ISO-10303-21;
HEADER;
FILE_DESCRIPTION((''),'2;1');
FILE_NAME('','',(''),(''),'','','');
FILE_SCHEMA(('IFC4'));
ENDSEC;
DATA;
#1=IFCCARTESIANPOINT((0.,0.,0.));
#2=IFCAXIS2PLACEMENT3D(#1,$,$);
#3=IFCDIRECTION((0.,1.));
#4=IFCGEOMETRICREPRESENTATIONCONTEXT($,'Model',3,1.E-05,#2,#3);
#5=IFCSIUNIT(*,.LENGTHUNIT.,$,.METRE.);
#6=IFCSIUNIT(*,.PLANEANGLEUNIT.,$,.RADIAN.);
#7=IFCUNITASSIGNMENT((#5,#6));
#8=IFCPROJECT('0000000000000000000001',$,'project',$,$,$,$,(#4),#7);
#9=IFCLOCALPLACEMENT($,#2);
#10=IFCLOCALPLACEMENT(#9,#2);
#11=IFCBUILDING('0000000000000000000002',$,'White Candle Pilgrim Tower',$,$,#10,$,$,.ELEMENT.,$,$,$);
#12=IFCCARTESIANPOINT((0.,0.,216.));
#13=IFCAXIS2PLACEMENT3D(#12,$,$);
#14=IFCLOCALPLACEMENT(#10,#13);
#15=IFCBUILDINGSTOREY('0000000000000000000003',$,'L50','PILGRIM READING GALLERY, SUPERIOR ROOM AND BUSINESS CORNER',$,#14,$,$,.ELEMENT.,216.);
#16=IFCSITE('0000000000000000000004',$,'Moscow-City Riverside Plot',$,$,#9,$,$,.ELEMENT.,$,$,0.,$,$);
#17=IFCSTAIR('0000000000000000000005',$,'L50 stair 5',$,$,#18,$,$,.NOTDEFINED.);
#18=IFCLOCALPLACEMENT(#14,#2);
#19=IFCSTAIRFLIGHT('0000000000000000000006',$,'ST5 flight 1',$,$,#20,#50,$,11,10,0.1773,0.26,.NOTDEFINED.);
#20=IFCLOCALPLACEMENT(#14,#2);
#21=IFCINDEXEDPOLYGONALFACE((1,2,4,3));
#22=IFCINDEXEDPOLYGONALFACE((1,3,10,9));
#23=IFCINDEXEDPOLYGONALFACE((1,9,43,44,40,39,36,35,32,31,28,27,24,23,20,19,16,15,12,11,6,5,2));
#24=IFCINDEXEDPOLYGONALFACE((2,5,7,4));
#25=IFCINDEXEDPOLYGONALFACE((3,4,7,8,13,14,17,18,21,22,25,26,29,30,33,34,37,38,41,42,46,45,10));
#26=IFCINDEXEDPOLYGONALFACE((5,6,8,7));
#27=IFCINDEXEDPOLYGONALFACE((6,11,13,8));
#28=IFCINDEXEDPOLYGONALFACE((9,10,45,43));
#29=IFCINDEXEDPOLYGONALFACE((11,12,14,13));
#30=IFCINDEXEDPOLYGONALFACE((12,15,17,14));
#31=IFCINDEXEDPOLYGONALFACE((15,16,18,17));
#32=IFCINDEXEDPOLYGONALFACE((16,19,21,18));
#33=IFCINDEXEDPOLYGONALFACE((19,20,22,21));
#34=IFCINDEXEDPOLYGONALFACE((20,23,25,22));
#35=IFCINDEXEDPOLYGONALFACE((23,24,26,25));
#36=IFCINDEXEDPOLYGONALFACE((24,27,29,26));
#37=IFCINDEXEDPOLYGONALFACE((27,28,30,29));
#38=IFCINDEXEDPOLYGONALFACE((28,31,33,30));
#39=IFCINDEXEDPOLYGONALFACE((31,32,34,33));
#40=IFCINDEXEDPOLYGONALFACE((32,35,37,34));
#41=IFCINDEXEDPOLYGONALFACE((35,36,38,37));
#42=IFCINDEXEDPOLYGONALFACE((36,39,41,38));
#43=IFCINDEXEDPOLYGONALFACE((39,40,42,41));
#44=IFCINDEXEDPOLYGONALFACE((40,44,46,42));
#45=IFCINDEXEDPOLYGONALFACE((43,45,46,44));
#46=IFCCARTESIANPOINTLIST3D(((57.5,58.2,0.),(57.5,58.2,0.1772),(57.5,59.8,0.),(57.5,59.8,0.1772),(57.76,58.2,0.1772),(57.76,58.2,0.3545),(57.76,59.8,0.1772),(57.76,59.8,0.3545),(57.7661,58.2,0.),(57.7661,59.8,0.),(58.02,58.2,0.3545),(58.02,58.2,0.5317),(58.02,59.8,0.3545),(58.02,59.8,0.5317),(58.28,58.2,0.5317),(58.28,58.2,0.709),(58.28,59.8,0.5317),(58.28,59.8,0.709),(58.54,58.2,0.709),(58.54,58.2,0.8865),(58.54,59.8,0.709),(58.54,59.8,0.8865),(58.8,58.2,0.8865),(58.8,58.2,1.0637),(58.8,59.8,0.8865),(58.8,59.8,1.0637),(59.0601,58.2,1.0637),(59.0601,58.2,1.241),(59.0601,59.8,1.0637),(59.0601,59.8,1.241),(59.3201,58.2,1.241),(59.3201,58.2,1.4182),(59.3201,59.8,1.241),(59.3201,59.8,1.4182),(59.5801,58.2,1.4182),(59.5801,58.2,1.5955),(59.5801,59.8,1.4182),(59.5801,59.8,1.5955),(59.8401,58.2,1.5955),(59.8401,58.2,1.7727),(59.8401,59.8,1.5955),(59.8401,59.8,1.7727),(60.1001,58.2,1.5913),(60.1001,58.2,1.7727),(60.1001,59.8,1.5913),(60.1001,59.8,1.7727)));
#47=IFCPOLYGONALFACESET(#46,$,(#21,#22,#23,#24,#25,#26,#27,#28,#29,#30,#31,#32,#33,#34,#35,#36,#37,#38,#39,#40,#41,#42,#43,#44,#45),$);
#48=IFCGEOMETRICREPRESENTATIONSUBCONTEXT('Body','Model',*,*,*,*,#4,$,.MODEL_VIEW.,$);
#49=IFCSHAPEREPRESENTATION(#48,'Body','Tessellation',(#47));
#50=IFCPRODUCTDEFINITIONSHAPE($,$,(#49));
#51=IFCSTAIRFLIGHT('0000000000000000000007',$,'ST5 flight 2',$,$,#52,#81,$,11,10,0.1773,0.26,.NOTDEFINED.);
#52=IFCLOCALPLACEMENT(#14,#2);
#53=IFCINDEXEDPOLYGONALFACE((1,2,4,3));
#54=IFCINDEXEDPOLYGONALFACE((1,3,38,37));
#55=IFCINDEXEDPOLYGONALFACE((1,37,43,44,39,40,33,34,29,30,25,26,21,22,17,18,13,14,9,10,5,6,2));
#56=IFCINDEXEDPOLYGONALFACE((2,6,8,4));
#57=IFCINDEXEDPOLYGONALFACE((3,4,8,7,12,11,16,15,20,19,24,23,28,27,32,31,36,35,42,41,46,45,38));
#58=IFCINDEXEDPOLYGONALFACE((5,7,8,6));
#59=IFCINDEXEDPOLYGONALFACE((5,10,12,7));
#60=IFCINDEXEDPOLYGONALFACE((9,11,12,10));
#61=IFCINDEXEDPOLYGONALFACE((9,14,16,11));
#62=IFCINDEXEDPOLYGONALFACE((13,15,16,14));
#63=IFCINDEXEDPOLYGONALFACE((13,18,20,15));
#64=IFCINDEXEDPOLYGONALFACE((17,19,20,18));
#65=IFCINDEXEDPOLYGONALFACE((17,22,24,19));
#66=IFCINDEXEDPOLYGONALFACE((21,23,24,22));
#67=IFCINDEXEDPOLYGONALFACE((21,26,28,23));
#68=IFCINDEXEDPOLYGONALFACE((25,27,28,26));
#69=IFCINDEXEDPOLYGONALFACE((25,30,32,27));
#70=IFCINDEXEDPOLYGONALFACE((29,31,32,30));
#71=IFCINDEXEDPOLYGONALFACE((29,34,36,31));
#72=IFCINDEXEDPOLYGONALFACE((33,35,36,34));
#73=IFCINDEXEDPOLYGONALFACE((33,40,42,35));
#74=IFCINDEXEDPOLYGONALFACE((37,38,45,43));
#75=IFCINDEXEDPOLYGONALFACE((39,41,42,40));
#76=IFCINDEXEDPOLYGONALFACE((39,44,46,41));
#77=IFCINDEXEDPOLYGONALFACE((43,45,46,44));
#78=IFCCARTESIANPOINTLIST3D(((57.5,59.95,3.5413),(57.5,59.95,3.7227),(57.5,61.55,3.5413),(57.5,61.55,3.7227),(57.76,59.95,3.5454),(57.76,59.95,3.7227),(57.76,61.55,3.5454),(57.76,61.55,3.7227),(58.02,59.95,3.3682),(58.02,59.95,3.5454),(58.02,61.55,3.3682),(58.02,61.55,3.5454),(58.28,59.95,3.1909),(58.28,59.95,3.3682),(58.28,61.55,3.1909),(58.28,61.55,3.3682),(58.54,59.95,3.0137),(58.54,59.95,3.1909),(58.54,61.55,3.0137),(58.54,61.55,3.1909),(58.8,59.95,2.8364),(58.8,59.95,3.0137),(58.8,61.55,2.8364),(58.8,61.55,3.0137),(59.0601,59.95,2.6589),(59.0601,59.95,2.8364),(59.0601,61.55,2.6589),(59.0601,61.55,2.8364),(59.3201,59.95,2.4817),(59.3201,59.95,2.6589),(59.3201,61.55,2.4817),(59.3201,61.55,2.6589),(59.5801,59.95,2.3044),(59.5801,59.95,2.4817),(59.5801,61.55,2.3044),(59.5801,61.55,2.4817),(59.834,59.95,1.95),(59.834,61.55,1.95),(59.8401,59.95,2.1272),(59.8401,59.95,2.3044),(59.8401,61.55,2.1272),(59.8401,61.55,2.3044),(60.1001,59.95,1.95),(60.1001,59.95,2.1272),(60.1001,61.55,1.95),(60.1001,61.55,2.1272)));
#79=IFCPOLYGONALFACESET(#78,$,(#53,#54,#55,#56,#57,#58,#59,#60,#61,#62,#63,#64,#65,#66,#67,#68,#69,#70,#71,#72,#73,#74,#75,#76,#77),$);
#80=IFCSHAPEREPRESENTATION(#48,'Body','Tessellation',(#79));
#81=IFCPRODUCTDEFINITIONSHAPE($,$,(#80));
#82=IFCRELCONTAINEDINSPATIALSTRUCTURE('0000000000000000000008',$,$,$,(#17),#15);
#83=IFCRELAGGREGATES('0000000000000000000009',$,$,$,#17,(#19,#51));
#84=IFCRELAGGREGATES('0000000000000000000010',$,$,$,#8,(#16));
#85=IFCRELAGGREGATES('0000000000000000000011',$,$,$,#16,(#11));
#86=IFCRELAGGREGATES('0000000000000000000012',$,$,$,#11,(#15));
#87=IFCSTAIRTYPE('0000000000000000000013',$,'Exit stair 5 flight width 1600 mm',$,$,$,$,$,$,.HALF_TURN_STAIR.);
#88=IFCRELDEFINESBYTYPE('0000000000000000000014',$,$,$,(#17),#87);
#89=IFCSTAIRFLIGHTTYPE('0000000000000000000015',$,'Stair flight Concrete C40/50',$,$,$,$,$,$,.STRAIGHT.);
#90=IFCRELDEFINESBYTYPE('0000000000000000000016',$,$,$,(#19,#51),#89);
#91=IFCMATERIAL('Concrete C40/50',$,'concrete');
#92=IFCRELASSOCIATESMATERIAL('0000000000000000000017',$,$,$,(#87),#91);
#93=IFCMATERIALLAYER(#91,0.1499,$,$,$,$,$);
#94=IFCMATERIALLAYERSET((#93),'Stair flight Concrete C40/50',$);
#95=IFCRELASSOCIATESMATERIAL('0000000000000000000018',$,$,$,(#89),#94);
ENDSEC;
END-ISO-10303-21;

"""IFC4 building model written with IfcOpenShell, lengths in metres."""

from ifc_helpers import new_model, si_unit, direction, frame, origin, place, context, subcontext, project, spatial, polyline, outline, extrude, material, layer, layer_set, type_object, element, aggregate, save


model = new_model("IFC4")

# Units and contexts
model_context = context("Model", 3, precision=1e-05, world=origin(), true_north=direction((0.0, 1.0)))
body_context = subcontext(model_context, "Body", "Model", "MODEL_VIEW")
ifc_project = project(units=[si_unit("LENGTHUNIT", "METRE"), si_unit("PLANEANGLEUNIT", "RADIAN")], contexts=[model_context])

# Site, building, storey
site_placement = place(None, origin())
site = spatial("IfcSite", under=ifc_project, at=site_placement, Name="Moscow-City Riverside Plot", CompositionType="ELEMENT", RefElevation=0.0)
building_placement = place(site_placement, origin())
building = spatial("IfcBuilding", under=site, at=building_placement, Name="White Candle Pilgrim Tower", CompositionType="ELEMENT")
storey_placement = place(building_placement, frame((0.0, 0.0, 216.0)))
storey = spatial("IfcBuildingStorey", under=building, at=storey_placement, Name="L50", Description="PILGRIM READING GALLERY, SUPERIOR ROOM AND BUSINESS CORNER", CompositionType="ELEMENT", Elevation=216.0)

# Stair, stair flights
ifc_material_1 = material(Name="Concrete C40/50", Category="concrete")
stair_type = type_object("IfcStairType", Name="Exit stair 5 flight width 1600 mm", PredefinedType="HALF_TURN_STAIR", material=ifc_material_1)
stair_placement = place(storey_placement, origin())
stair = element("IfcStair", 1, at=stair_placement, inside=storey, type_object=stair_type, Name="L50 stair 5", PredefinedType="NOTDEFINED")
ifc_layer_1 = layer(ifc_material_1, 0.1499)
ifc_layer_set_1 = layer_set([ifc_layer_1], Name="Stair flight Concrete C40/50")
stair_flight_type = type_object("IfcStairFlightType", Name="Stair flight Concrete C40/50", PredefinedType="STRAIGHT", material=ifc_layer_set_1)
stair_flight_1_placement = place(storey_placement, frame((57.5, 59.0, 0.0), z_axis=(0.0, 0.0, 1.0), x_axis=(1.0, 0.0, 0.0)))
stair_flight_1 = element("IfcStairFlight", 2, at=stair_flight_1_placement, type_object=stair_flight_type, Name="ST5 flight 1", NumberOfRisers=11, NumberOfTreads=10, PredefinedType="NOTDEFINED", RiserHeight=0.1773, TreadLength=0.26, context=body_context, shape_type="SweptSolid", body=[
    extrude(outline(polyline([(0.0, 0.0), (0.0, 0.1772), (0.26, 0.1772), (0.26, 0.3545), (0.52, 0.3545), (0.52, 0.5317), (0.78, 0.5317), (0.78, 0.709), (1.04, 0.709), (1.04, 0.8865), (1.3, 0.8865), (1.3, 1.0637), (1.5601, 1.0637), (1.5601, 1.241), (1.8201, 1.241), (1.8201, 1.4182), (2.0801, 1.4182), (2.0801, 1.5955), (2.3401, 1.5955), (2.3401, 1.7727), (2.6001, 1.7727), (2.6001, 1.95), (2.6001, 1.5913), (0.2661, 0.0), (0.0, 0.0)])), frame((0.0, 0.8, 0.0), z_axis=(0.0, -1.0, 0.0), x_axis=(1.0, 0.0, 0.0)), (0.0, 0.0, 1.0), 1.6001),
])
stair_flight_2_placement = place(storey_placement, frame((60.1001, 60.75, 1.95), z_axis=(0.0, 0.0, 1.0), x_axis=(-1.0, 0.0, 0.0)))
stair_flight_2 = element("IfcStairFlight", 3, at=stair_flight_2_placement, type_object=stair_flight_type, Name="ST5 flight 2", NumberOfRisers=11, NumberOfTreads=10, PredefinedType="NOTDEFINED", RiserHeight=0.1773, TreadLength=0.26, context=body_context, shape_type="SweptSolid", body=[
    extrude(outline(polyline([(0.0, 0.0), (0.0, 0.1772), (0.26, 0.1772), (0.26, 0.3545), (0.52, 0.3545), (0.52, 0.5317), (0.78, 0.5317), (0.78, 0.709), (1.04, 0.709), (1.04, 0.8865), (1.3, 0.8865), (1.3, 1.0637), (1.5601, 1.0637), (1.5601, 1.241), (1.8201, 1.241), (1.8201, 1.4182), (2.0801, 1.4182), (2.0801, 1.5955), (2.3401, 1.5955), (2.3401, 1.7727), (2.6001, 1.7727), (2.6001, 1.95), (2.6001, 1.5913), (0.2661, 0.0), (0.0, 0.0)])), frame((0.0, 0.8, 0.0), z_axis=(0.0, -1.0, 0.0), x_axis=(1.0, 0.0, 0.0)), (0.0, 0.0, 1.0), 1.6001),
])
aggregate(stair, [stair_flight_1, stair_flight_2])

save(model, "model.ifc")
